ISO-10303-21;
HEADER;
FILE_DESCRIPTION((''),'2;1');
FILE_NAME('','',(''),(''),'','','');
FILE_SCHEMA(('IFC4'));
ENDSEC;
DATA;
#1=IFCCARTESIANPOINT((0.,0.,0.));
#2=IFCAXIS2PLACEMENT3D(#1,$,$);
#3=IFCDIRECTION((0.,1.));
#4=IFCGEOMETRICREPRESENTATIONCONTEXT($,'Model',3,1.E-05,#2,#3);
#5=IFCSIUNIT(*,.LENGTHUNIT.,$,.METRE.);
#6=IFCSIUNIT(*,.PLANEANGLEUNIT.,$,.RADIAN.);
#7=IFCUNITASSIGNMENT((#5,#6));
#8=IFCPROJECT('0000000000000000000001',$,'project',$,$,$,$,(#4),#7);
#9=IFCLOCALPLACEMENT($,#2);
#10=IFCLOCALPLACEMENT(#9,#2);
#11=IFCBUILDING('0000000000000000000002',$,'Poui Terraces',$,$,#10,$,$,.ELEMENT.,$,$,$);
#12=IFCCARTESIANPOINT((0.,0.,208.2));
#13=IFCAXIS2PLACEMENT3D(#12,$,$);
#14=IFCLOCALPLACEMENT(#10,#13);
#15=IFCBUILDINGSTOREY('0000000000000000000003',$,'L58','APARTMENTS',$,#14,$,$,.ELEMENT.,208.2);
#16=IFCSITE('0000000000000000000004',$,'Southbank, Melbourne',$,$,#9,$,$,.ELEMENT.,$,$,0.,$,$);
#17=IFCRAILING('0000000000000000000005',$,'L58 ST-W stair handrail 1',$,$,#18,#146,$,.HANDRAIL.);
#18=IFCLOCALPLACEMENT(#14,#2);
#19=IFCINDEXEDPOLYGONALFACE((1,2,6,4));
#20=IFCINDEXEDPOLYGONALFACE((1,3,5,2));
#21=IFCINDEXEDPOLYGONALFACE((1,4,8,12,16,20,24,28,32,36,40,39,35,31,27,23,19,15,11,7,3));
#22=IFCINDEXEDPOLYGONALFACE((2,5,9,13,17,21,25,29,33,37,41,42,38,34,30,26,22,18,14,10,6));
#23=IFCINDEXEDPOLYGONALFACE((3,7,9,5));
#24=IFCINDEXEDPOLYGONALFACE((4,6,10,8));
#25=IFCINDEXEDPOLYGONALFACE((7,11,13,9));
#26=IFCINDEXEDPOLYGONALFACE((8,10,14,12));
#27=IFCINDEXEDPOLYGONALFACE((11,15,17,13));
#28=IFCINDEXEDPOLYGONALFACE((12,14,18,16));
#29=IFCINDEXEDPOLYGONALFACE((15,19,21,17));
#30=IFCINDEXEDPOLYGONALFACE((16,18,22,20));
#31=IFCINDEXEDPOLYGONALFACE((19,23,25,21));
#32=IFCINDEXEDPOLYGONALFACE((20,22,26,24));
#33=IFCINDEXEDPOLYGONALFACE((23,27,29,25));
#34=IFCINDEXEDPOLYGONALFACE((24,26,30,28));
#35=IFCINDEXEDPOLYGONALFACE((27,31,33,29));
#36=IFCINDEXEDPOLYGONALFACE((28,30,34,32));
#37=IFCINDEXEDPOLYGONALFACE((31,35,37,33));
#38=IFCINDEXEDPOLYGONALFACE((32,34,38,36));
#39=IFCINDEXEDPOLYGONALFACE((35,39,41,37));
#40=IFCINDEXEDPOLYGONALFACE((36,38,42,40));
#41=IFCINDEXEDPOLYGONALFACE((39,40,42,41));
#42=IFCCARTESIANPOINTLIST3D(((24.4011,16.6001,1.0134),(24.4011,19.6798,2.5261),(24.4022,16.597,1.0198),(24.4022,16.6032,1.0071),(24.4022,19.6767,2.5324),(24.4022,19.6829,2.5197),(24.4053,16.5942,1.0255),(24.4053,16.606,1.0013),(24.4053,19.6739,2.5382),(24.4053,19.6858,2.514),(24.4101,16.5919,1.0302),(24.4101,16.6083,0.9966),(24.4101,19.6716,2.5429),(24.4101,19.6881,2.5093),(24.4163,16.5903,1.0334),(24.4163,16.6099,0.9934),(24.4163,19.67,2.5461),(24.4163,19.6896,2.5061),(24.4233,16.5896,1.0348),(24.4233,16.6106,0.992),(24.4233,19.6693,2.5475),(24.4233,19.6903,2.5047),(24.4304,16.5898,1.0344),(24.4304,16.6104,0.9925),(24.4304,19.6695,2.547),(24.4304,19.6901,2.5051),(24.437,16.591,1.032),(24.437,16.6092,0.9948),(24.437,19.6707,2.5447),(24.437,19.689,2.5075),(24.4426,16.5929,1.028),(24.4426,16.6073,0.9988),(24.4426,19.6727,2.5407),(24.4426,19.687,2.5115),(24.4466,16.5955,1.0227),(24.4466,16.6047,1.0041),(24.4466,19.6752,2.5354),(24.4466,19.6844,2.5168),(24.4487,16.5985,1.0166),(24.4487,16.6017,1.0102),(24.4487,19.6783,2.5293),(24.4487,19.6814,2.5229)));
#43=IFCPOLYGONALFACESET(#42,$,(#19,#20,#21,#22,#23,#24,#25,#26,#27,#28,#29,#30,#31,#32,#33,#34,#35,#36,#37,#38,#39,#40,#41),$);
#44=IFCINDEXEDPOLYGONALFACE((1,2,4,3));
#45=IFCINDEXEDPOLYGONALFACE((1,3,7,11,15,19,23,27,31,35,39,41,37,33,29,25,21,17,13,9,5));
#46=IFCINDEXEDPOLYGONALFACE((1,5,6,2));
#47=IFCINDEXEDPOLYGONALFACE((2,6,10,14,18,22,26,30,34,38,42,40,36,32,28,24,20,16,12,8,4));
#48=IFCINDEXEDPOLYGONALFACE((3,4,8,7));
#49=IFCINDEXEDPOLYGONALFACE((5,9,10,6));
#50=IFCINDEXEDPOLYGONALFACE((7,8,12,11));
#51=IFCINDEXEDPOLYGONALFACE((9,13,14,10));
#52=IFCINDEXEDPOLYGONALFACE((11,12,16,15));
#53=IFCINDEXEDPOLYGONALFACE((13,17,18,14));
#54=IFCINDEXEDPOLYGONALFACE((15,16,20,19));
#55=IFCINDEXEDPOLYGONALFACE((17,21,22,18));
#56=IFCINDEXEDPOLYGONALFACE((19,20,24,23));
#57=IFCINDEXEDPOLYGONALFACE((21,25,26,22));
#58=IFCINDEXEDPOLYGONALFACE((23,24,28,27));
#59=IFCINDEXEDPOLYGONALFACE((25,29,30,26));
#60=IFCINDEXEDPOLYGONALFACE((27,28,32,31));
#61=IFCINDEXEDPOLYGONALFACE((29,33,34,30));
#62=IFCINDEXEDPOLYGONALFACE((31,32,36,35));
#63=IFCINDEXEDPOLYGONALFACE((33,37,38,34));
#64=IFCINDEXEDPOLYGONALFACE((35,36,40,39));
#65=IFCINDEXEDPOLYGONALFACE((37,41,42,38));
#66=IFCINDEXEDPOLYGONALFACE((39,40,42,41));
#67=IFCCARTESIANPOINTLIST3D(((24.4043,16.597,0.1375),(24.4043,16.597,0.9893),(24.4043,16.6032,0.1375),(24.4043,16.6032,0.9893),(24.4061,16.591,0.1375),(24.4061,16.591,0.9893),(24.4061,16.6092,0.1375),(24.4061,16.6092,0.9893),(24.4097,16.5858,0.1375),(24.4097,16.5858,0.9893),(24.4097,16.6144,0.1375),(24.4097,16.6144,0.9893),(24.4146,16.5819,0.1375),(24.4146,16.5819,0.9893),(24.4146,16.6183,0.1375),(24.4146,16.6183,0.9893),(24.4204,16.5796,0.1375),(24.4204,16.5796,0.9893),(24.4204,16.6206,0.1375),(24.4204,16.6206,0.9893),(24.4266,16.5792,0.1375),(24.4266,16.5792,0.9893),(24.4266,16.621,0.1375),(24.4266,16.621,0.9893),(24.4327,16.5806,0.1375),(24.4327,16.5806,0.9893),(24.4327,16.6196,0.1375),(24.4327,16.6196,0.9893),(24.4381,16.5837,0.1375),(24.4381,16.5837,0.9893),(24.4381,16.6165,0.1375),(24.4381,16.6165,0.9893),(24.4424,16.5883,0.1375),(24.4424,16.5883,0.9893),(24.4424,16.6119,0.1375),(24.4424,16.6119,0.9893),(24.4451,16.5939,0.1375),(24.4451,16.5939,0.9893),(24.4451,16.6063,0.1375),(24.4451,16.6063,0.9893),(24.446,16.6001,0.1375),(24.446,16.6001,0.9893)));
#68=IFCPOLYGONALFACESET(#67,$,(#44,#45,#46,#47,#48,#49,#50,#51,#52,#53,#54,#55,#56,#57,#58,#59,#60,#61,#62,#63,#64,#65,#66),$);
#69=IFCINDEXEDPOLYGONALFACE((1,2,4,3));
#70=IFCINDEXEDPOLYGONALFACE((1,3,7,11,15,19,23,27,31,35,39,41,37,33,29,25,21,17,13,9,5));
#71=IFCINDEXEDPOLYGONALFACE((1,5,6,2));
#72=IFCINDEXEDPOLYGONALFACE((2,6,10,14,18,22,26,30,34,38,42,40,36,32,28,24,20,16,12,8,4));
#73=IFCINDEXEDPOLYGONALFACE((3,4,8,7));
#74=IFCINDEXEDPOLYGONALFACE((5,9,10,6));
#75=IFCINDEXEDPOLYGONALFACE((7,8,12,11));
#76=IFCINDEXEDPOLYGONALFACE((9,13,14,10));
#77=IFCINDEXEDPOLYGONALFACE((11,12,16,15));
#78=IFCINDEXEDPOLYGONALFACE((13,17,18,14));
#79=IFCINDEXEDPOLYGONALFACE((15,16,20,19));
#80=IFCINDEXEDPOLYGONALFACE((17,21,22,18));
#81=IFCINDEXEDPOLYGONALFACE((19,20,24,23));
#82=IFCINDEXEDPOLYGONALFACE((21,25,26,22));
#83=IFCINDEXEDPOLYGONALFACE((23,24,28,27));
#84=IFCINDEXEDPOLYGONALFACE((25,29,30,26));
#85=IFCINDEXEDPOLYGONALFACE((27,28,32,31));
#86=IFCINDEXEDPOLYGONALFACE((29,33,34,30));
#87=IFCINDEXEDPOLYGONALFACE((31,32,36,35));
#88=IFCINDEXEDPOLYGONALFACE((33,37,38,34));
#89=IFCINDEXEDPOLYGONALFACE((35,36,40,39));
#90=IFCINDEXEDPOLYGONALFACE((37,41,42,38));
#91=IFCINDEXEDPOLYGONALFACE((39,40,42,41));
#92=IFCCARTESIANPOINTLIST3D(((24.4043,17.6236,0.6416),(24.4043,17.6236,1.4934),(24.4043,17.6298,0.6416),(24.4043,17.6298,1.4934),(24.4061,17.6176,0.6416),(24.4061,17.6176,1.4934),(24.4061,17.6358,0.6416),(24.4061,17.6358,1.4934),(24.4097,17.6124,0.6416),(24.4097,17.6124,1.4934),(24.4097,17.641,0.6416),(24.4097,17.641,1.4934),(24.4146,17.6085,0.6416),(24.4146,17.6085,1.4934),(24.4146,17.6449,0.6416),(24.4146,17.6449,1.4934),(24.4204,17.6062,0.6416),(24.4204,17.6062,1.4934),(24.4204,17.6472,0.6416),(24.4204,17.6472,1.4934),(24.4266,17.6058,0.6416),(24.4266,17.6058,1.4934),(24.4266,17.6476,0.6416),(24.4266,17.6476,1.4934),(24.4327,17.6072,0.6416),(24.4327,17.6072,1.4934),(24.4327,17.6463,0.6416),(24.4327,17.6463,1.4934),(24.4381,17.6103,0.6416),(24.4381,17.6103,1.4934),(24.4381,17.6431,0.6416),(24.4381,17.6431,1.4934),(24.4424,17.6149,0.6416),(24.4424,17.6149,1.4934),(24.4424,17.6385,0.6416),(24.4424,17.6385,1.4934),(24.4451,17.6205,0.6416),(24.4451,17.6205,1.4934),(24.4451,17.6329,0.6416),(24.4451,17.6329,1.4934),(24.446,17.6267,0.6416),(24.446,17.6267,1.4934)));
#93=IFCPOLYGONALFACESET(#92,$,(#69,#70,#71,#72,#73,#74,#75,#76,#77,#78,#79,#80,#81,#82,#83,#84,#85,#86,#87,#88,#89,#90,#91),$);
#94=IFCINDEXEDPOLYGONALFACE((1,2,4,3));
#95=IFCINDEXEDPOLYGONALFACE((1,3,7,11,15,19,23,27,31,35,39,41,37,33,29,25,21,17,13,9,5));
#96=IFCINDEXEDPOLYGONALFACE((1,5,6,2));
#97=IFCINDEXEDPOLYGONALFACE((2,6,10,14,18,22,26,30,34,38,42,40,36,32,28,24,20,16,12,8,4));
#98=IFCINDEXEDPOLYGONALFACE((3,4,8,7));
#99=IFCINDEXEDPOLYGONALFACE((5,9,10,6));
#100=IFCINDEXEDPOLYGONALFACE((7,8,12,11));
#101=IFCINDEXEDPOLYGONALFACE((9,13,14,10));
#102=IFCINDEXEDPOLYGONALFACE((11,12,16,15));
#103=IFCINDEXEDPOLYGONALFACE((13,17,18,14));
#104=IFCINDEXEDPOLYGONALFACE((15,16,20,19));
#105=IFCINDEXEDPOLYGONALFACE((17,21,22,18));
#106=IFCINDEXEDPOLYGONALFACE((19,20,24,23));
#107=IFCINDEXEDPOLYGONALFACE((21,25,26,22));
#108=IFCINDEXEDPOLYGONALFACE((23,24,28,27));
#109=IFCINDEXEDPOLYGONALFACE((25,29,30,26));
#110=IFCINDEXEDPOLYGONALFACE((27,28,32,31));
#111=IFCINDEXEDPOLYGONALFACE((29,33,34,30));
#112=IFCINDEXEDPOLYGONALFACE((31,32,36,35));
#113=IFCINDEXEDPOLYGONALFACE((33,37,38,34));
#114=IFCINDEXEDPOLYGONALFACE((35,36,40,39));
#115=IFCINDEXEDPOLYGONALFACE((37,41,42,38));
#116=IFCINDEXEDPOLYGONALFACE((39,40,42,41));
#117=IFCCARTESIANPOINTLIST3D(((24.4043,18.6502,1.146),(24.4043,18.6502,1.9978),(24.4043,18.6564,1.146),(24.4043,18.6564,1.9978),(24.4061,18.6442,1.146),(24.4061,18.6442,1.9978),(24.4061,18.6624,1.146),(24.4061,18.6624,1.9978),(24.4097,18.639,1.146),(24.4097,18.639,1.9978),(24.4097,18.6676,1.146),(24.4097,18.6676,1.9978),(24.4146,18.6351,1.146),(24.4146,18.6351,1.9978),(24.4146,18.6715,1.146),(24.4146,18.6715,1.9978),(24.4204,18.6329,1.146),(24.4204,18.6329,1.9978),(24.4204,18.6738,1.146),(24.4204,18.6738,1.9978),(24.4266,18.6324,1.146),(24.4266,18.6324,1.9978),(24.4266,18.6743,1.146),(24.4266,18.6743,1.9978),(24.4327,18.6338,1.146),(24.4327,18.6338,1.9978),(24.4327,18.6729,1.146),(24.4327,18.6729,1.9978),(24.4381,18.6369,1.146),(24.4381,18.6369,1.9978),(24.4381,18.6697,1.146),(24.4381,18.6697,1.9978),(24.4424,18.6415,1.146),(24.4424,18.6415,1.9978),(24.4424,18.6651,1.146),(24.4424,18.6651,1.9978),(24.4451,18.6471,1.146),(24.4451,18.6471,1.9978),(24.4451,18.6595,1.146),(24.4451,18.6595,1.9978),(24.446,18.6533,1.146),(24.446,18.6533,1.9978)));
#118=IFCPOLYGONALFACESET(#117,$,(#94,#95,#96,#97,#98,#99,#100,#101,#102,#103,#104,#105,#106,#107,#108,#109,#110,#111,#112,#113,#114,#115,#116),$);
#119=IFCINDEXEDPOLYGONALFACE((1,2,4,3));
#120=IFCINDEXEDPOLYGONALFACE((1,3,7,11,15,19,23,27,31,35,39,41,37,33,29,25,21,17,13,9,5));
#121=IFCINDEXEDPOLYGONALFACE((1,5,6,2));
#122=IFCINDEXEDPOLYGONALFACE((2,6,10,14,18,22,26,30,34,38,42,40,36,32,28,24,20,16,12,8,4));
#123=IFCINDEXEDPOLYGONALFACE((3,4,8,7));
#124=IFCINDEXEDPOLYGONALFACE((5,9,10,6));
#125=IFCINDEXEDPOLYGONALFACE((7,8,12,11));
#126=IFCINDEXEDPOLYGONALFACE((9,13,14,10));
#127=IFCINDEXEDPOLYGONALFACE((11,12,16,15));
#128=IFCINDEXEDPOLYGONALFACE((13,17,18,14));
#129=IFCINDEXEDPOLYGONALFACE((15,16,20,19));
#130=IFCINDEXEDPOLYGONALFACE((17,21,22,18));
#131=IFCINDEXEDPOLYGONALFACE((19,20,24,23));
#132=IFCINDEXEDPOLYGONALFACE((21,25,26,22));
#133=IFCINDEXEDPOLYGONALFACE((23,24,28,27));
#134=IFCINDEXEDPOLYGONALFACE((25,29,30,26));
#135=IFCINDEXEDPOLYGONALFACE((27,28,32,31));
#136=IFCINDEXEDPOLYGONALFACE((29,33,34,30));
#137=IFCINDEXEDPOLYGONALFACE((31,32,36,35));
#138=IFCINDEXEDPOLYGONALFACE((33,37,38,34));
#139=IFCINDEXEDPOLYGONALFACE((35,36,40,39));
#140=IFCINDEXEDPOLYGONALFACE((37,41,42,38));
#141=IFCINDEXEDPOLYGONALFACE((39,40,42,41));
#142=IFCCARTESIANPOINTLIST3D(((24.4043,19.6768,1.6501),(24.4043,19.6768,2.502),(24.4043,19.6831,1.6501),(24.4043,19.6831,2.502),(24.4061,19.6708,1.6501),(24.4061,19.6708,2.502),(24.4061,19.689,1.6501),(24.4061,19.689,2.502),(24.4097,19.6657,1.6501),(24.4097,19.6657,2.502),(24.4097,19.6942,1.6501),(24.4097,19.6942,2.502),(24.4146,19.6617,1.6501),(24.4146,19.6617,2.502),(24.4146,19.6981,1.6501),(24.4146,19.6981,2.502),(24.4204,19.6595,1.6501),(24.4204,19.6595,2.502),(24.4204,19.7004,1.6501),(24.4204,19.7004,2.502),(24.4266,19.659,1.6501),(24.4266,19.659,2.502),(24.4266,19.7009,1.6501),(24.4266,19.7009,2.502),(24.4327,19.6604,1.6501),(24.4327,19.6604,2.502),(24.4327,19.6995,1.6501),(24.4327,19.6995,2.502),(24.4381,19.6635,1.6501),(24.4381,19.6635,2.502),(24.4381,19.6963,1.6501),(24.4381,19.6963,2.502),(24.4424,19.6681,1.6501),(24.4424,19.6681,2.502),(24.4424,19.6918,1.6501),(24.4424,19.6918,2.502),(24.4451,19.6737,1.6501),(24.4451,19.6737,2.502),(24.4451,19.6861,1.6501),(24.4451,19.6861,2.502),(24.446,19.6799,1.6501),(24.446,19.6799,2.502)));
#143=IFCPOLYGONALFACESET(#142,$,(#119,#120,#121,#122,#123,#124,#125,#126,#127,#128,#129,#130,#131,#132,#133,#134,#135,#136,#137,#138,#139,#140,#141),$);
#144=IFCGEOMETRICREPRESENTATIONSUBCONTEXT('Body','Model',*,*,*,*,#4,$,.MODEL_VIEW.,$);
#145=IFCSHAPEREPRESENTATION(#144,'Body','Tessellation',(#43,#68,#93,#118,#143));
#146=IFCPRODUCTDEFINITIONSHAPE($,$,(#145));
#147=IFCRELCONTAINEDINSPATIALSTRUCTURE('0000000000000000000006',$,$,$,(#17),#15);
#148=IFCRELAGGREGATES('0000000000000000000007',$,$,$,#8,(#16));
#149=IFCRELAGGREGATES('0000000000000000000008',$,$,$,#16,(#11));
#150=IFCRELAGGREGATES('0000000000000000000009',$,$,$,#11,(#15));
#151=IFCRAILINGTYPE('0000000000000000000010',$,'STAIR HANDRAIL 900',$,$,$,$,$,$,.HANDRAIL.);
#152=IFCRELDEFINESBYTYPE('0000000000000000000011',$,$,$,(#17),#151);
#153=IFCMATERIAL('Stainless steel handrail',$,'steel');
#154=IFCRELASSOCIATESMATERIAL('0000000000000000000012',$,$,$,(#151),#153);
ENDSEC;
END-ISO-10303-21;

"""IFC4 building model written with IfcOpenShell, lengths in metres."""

from ifc_helpers import new_model, si_unit, direction, frame, origin, origin_2d, place, context, subcontext, project, spatial, circle, extrude, material, type_object, element, save


model = new_model("IFC4")

# Units and contexts
model_context = context("Model", 3, precision=1e-05, world=origin(), true_north=direction((0.0, 1.0)))
body_context = subcontext(model_context, "Body", "Model", "MODEL_VIEW")
ifc_project = project(units=[si_unit("LENGTHUNIT", "METRE"), si_unit("PLANEANGLEUNIT", "RADIAN")], contexts=[model_context])

# Site, building, storey
site_placement = place(None, origin())
site = spatial("IfcSite", under=ifc_project, at=site_placement, Name="Southbank, Melbourne", CompositionType="ELEMENT", RefElevation=0.0)
building_placement = place(site_placement, origin())
building = spatial("IfcBuilding", under=site, at=building_placement, Name="Poui Terraces", CompositionType="ELEMENT")
storey_placement = place(building_placement, frame((0.0, 0.0, 208.2)))
storey = spatial("IfcBuildingStorey", under=building, at=storey_placement, Name="L58", Description="APARTMENTS", CompositionType="ELEMENT", Elevation=208.2)

# Railing
ifc_material_1 = material(Name="Stainless steel handrail", Category="steel")
railing_type_1 = type_object("IfcRailingType", Name="STAIR HANDRAIL 900", PredefinedType="HANDRAIL", material=ifc_material_1)
railing_1_placement = place(storey_placement, frame((24.425, 16.6001, 0.1375)))
element("IfcRailing", 1, at=railing_1_placement, inside=storey, type_object=railing_type_1, Name="L58 ST-W stair handrail 1", PredefinedType="HANDRAIL", context=body_context, shape_type="SweptSolid", body=[
    extrude(circle(Radius=0.0239, at=origin_2d()), frame((0.0, 0.0, 0.876), z_axis=(0.0, 0.897578, 0.440856), x_axis=(-1.0, 0.0, 0.0)), (0.0, 0.0, 1.0), 3.4312),
    extrude(circle(Radius=0.021, at=origin_2d()), origin(), (0.0, 0.0, 1.0), 0.8518),
    extrude(circle(Radius=0.021, at=origin_2d()), frame((0.0, 1.0266, 0.5042)), (0.0, 0.0, 1.0), 0.8518),
    extrude(circle(Radius=0.021, at=origin_2d()), frame((0.0, 2.0532, 1.0085)), (0.0, 0.0, 1.0), 0.8518),
    extrude(circle(Radius=0.021, at=origin_2d()), frame((0.0, 3.0798, 1.5127)), (0.0, 0.0, 1.0), 0.8518),
])

save(model, "model.ifc")
